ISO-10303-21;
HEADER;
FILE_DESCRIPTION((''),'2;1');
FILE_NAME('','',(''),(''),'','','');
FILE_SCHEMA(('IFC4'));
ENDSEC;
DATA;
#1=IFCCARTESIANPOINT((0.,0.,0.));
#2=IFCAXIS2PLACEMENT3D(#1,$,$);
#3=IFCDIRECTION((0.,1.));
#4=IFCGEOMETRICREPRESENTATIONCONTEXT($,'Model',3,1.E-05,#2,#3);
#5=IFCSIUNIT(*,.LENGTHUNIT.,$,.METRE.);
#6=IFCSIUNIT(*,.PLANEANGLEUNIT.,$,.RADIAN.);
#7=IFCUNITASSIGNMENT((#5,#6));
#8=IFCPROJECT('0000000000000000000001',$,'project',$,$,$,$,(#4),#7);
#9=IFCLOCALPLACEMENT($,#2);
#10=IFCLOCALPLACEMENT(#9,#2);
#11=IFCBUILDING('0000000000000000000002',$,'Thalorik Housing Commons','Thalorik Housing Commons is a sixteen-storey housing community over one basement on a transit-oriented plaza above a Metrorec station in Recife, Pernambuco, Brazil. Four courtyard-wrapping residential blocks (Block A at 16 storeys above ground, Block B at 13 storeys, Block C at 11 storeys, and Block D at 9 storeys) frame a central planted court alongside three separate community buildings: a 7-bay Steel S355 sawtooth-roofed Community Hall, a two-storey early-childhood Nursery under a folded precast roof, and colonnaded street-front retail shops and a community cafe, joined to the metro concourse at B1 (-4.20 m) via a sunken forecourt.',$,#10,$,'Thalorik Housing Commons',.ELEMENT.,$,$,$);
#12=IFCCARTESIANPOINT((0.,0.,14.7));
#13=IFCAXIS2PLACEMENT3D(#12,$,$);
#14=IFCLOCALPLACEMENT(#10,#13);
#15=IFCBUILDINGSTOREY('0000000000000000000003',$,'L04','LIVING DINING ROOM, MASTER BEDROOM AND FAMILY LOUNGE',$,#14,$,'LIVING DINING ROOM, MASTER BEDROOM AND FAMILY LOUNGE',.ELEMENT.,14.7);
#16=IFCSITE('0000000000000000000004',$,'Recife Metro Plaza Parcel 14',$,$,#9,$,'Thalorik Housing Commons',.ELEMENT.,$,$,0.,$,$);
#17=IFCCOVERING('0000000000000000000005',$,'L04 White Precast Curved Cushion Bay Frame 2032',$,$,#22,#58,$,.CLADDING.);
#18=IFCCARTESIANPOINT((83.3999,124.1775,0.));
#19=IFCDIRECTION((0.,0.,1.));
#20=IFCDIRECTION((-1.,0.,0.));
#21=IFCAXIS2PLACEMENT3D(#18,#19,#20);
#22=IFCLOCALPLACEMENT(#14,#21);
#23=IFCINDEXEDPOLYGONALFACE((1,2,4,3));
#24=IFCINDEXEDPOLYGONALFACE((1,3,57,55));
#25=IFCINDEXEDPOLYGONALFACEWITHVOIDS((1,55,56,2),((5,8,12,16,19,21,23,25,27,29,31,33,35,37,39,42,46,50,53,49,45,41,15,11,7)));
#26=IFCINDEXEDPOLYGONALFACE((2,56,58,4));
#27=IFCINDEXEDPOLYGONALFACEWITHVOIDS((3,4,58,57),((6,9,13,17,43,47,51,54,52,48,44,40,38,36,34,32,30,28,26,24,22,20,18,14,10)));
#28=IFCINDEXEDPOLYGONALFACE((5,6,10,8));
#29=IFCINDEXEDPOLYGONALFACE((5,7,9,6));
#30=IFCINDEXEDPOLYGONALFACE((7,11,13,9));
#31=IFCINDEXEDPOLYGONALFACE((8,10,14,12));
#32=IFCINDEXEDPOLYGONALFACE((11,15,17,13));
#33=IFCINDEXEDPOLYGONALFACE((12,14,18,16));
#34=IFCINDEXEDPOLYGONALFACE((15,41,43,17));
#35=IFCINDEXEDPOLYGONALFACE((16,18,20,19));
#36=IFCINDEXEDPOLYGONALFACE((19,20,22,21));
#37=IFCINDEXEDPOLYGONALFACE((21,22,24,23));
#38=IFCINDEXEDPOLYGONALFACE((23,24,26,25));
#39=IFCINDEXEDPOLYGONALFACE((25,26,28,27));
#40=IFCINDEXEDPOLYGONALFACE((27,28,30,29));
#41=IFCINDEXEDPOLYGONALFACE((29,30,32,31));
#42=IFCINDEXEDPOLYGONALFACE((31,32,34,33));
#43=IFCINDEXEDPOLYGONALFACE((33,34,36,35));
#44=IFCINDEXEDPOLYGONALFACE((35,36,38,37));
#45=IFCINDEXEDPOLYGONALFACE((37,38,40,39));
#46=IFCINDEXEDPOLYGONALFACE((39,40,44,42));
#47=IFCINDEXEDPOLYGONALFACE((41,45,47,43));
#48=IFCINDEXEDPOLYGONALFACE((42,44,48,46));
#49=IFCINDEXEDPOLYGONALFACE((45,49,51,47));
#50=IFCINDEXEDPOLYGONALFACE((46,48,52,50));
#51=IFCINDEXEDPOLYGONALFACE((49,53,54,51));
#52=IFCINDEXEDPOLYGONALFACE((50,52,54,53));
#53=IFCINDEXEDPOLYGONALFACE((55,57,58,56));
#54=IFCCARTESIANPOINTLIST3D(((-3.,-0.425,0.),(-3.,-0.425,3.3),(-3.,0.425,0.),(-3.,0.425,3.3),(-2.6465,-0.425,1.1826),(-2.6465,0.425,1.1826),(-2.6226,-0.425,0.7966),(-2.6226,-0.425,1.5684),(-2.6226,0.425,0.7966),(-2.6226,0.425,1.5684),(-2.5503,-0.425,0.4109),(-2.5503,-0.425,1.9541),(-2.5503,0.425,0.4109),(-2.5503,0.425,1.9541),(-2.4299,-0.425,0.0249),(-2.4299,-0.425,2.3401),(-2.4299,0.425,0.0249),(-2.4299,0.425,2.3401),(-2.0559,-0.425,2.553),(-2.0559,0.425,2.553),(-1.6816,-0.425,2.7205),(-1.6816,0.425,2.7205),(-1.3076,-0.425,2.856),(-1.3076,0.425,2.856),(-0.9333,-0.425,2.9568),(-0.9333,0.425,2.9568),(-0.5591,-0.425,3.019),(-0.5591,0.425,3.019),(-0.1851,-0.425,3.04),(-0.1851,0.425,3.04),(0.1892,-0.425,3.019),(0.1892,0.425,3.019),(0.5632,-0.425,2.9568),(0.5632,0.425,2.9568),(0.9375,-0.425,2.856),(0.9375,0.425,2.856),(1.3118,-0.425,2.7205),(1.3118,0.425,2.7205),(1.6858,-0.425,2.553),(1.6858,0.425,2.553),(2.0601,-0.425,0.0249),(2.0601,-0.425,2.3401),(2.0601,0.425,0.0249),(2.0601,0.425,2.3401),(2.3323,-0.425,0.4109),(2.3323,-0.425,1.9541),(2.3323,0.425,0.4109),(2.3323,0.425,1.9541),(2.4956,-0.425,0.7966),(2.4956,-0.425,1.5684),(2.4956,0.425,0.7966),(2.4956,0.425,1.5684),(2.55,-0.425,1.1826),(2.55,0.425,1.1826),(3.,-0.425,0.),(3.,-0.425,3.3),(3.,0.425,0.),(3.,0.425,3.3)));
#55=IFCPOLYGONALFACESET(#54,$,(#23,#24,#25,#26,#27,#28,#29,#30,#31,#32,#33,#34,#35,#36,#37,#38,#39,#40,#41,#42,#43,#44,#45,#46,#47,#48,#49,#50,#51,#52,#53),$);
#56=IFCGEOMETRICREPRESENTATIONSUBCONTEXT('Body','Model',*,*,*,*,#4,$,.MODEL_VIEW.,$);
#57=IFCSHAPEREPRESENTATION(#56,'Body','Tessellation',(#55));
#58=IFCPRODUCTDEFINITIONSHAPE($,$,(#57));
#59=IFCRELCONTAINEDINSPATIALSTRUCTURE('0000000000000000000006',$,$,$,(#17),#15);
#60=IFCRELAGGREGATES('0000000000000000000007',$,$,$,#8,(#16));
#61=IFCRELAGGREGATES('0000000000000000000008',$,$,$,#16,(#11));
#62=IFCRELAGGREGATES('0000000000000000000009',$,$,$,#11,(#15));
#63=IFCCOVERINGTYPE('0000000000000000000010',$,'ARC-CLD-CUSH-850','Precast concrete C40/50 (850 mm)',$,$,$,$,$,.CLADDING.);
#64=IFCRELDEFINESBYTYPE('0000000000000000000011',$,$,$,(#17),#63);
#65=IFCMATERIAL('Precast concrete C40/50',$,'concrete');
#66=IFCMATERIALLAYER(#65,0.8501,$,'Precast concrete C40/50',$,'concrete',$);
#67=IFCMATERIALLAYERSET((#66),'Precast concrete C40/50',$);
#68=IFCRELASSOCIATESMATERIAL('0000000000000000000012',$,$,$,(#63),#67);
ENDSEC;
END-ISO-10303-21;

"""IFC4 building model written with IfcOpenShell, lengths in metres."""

from ifc_helpers import new_model, si_unit, direction, frame, origin, place, context, subcontext, project, spatial, polyline, outline, extrude, material, layer, layer_set, type_object, element, save


model = new_model("IFC4")

# Units and contexts
model_context = context("Model", 3, precision=1e-05, world=origin(), true_north=direction((0.0, 1.0)))
body_context = subcontext(model_context, "Body", "Model", "MODEL_VIEW")
ifc_project = project(units=[si_unit("LENGTHUNIT", "METRE"), si_unit("PLANEANGLEUNIT", "RADIAN")], contexts=[model_context])

# Site, building, storey
site_placement = place(None, origin())
site = spatial("IfcSite", under=ifc_project, at=site_placement, Name="Recife Metro Plaza Parcel 14", LongName="Thalorik Housing Commons", CompositionType="ELEMENT", RefElevation=0.0)
building_placement = place(site_placement, origin())
building = spatial("IfcBuilding", under=site, at=building_placement, Name="Thalorik Housing Commons", Description="Thalorik Housing Commons is a sixteen-storey housing community over one basement on a transit-oriented plaza above a Metrorec station in Recife, Pernambuco, Brazil. Four courtyard-wrapping residential blocks (Block A at 16 storeys above ground, Block B at 13 storeys, Block C at 11 storeys, and Block D at 9 storeys) frame a central planted court alongside three separate community buildings: a 7-bay Steel S355 sawtooth-roofed Community Hall, a two-storey early-childhood Nursery under a folded precast roof, and colonnaded street-front retail shops and a community cafe, joined to the metro concourse at B1 (-4.20 m) via a sunken forecourt.", LongName="Thalorik Housing Commons", CompositionType="ELEMENT")
storey_placement = place(building_placement, frame((0.0, 0.0, 14.7)))
storey = spatial("IfcBuildingStorey", under=building, at=storey_placement, Name="L04", Description="LIVING DINING ROOM, MASTER BEDROOM AND FAMILY LOUNGE", LongName="LIVING DINING ROOM, MASTER BEDROOM AND FAMILY LOUNGE", CompositionType="ELEMENT", Elevation=14.7)

# Shared definitions
ifc_material_1 = material(Name="Precast concrete C40/50", Category="concrete")

# Covering
ifc_layer_1 = layer(ifc_material_1, 0.8501, Name="Precast concrete C40/50", Category="concrete")
ifc_layer_set_1 = layer_set([ifc_layer_1], Name="Precast concrete C40/50")
covering_type_1 = type_object("IfcCoveringType", Name="ARC-CLD-CUSH-850", Description="Precast concrete C40/50 (850 mm)", PredefinedType="CLADDING", material=ifc_layer_set_1)
covering_1_placement = place(storey_placement, frame((83.3999, 124.1775, 0.0), z_axis=(0.0, 0.0, 1.0), x_axis=(-1.0, 0.0, 0.0)))
element("IfcCovering", 1, at=covering_1_placement, inside=storey, type_object=covering_type_1, Name="L04 White Precast Curved Cushion Bay Frame 2032", PredefinedType="CLADDING", context=body_context, shape_type="SweptSolid", body=[
    extrude(outline(polyline([(-3.0, 0.0), (3.0, 0.0), (3.0, 3.3), (-3.0, 3.3), (-3.0, 0.0)]), holes=[polyline([(2.0601, 0.0249), (2.3323, 0.4109), (2.4956, 0.7966), (2.55, 1.1826), (2.4956, 1.5684), (2.3323, 1.9541), (2.0601, 2.3401), (1.6858, 2.553), (1.3118, 2.7205), (0.9375, 2.856), (0.5632, 2.9568), (0.1892, 3.019), (-0.1851, 3.04), (-0.5591, 3.019), (-0.9333, 2.9568), (-1.3076, 2.856), (-1.6816, 2.7205), (-2.0559, 2.553), (-2.4299, 2.3401), (-2.5503, 1.9541), (-2.6226, 1.5684), (-2.6465, 1.1826), (-2.6226, 0.7966), (-2.5503, 0.4109), (-2.4299, 0.0249), (2.0601, 0.0249)])]), frame((0.0, 0.425, 0.0), z_axis=(0.0, -1.0, 0.0), x_axis=(1.0, 0.0, 0.0)), (0.0, 0.0, 1.0), 0.8501),
])

save(model, "model.ifc")
